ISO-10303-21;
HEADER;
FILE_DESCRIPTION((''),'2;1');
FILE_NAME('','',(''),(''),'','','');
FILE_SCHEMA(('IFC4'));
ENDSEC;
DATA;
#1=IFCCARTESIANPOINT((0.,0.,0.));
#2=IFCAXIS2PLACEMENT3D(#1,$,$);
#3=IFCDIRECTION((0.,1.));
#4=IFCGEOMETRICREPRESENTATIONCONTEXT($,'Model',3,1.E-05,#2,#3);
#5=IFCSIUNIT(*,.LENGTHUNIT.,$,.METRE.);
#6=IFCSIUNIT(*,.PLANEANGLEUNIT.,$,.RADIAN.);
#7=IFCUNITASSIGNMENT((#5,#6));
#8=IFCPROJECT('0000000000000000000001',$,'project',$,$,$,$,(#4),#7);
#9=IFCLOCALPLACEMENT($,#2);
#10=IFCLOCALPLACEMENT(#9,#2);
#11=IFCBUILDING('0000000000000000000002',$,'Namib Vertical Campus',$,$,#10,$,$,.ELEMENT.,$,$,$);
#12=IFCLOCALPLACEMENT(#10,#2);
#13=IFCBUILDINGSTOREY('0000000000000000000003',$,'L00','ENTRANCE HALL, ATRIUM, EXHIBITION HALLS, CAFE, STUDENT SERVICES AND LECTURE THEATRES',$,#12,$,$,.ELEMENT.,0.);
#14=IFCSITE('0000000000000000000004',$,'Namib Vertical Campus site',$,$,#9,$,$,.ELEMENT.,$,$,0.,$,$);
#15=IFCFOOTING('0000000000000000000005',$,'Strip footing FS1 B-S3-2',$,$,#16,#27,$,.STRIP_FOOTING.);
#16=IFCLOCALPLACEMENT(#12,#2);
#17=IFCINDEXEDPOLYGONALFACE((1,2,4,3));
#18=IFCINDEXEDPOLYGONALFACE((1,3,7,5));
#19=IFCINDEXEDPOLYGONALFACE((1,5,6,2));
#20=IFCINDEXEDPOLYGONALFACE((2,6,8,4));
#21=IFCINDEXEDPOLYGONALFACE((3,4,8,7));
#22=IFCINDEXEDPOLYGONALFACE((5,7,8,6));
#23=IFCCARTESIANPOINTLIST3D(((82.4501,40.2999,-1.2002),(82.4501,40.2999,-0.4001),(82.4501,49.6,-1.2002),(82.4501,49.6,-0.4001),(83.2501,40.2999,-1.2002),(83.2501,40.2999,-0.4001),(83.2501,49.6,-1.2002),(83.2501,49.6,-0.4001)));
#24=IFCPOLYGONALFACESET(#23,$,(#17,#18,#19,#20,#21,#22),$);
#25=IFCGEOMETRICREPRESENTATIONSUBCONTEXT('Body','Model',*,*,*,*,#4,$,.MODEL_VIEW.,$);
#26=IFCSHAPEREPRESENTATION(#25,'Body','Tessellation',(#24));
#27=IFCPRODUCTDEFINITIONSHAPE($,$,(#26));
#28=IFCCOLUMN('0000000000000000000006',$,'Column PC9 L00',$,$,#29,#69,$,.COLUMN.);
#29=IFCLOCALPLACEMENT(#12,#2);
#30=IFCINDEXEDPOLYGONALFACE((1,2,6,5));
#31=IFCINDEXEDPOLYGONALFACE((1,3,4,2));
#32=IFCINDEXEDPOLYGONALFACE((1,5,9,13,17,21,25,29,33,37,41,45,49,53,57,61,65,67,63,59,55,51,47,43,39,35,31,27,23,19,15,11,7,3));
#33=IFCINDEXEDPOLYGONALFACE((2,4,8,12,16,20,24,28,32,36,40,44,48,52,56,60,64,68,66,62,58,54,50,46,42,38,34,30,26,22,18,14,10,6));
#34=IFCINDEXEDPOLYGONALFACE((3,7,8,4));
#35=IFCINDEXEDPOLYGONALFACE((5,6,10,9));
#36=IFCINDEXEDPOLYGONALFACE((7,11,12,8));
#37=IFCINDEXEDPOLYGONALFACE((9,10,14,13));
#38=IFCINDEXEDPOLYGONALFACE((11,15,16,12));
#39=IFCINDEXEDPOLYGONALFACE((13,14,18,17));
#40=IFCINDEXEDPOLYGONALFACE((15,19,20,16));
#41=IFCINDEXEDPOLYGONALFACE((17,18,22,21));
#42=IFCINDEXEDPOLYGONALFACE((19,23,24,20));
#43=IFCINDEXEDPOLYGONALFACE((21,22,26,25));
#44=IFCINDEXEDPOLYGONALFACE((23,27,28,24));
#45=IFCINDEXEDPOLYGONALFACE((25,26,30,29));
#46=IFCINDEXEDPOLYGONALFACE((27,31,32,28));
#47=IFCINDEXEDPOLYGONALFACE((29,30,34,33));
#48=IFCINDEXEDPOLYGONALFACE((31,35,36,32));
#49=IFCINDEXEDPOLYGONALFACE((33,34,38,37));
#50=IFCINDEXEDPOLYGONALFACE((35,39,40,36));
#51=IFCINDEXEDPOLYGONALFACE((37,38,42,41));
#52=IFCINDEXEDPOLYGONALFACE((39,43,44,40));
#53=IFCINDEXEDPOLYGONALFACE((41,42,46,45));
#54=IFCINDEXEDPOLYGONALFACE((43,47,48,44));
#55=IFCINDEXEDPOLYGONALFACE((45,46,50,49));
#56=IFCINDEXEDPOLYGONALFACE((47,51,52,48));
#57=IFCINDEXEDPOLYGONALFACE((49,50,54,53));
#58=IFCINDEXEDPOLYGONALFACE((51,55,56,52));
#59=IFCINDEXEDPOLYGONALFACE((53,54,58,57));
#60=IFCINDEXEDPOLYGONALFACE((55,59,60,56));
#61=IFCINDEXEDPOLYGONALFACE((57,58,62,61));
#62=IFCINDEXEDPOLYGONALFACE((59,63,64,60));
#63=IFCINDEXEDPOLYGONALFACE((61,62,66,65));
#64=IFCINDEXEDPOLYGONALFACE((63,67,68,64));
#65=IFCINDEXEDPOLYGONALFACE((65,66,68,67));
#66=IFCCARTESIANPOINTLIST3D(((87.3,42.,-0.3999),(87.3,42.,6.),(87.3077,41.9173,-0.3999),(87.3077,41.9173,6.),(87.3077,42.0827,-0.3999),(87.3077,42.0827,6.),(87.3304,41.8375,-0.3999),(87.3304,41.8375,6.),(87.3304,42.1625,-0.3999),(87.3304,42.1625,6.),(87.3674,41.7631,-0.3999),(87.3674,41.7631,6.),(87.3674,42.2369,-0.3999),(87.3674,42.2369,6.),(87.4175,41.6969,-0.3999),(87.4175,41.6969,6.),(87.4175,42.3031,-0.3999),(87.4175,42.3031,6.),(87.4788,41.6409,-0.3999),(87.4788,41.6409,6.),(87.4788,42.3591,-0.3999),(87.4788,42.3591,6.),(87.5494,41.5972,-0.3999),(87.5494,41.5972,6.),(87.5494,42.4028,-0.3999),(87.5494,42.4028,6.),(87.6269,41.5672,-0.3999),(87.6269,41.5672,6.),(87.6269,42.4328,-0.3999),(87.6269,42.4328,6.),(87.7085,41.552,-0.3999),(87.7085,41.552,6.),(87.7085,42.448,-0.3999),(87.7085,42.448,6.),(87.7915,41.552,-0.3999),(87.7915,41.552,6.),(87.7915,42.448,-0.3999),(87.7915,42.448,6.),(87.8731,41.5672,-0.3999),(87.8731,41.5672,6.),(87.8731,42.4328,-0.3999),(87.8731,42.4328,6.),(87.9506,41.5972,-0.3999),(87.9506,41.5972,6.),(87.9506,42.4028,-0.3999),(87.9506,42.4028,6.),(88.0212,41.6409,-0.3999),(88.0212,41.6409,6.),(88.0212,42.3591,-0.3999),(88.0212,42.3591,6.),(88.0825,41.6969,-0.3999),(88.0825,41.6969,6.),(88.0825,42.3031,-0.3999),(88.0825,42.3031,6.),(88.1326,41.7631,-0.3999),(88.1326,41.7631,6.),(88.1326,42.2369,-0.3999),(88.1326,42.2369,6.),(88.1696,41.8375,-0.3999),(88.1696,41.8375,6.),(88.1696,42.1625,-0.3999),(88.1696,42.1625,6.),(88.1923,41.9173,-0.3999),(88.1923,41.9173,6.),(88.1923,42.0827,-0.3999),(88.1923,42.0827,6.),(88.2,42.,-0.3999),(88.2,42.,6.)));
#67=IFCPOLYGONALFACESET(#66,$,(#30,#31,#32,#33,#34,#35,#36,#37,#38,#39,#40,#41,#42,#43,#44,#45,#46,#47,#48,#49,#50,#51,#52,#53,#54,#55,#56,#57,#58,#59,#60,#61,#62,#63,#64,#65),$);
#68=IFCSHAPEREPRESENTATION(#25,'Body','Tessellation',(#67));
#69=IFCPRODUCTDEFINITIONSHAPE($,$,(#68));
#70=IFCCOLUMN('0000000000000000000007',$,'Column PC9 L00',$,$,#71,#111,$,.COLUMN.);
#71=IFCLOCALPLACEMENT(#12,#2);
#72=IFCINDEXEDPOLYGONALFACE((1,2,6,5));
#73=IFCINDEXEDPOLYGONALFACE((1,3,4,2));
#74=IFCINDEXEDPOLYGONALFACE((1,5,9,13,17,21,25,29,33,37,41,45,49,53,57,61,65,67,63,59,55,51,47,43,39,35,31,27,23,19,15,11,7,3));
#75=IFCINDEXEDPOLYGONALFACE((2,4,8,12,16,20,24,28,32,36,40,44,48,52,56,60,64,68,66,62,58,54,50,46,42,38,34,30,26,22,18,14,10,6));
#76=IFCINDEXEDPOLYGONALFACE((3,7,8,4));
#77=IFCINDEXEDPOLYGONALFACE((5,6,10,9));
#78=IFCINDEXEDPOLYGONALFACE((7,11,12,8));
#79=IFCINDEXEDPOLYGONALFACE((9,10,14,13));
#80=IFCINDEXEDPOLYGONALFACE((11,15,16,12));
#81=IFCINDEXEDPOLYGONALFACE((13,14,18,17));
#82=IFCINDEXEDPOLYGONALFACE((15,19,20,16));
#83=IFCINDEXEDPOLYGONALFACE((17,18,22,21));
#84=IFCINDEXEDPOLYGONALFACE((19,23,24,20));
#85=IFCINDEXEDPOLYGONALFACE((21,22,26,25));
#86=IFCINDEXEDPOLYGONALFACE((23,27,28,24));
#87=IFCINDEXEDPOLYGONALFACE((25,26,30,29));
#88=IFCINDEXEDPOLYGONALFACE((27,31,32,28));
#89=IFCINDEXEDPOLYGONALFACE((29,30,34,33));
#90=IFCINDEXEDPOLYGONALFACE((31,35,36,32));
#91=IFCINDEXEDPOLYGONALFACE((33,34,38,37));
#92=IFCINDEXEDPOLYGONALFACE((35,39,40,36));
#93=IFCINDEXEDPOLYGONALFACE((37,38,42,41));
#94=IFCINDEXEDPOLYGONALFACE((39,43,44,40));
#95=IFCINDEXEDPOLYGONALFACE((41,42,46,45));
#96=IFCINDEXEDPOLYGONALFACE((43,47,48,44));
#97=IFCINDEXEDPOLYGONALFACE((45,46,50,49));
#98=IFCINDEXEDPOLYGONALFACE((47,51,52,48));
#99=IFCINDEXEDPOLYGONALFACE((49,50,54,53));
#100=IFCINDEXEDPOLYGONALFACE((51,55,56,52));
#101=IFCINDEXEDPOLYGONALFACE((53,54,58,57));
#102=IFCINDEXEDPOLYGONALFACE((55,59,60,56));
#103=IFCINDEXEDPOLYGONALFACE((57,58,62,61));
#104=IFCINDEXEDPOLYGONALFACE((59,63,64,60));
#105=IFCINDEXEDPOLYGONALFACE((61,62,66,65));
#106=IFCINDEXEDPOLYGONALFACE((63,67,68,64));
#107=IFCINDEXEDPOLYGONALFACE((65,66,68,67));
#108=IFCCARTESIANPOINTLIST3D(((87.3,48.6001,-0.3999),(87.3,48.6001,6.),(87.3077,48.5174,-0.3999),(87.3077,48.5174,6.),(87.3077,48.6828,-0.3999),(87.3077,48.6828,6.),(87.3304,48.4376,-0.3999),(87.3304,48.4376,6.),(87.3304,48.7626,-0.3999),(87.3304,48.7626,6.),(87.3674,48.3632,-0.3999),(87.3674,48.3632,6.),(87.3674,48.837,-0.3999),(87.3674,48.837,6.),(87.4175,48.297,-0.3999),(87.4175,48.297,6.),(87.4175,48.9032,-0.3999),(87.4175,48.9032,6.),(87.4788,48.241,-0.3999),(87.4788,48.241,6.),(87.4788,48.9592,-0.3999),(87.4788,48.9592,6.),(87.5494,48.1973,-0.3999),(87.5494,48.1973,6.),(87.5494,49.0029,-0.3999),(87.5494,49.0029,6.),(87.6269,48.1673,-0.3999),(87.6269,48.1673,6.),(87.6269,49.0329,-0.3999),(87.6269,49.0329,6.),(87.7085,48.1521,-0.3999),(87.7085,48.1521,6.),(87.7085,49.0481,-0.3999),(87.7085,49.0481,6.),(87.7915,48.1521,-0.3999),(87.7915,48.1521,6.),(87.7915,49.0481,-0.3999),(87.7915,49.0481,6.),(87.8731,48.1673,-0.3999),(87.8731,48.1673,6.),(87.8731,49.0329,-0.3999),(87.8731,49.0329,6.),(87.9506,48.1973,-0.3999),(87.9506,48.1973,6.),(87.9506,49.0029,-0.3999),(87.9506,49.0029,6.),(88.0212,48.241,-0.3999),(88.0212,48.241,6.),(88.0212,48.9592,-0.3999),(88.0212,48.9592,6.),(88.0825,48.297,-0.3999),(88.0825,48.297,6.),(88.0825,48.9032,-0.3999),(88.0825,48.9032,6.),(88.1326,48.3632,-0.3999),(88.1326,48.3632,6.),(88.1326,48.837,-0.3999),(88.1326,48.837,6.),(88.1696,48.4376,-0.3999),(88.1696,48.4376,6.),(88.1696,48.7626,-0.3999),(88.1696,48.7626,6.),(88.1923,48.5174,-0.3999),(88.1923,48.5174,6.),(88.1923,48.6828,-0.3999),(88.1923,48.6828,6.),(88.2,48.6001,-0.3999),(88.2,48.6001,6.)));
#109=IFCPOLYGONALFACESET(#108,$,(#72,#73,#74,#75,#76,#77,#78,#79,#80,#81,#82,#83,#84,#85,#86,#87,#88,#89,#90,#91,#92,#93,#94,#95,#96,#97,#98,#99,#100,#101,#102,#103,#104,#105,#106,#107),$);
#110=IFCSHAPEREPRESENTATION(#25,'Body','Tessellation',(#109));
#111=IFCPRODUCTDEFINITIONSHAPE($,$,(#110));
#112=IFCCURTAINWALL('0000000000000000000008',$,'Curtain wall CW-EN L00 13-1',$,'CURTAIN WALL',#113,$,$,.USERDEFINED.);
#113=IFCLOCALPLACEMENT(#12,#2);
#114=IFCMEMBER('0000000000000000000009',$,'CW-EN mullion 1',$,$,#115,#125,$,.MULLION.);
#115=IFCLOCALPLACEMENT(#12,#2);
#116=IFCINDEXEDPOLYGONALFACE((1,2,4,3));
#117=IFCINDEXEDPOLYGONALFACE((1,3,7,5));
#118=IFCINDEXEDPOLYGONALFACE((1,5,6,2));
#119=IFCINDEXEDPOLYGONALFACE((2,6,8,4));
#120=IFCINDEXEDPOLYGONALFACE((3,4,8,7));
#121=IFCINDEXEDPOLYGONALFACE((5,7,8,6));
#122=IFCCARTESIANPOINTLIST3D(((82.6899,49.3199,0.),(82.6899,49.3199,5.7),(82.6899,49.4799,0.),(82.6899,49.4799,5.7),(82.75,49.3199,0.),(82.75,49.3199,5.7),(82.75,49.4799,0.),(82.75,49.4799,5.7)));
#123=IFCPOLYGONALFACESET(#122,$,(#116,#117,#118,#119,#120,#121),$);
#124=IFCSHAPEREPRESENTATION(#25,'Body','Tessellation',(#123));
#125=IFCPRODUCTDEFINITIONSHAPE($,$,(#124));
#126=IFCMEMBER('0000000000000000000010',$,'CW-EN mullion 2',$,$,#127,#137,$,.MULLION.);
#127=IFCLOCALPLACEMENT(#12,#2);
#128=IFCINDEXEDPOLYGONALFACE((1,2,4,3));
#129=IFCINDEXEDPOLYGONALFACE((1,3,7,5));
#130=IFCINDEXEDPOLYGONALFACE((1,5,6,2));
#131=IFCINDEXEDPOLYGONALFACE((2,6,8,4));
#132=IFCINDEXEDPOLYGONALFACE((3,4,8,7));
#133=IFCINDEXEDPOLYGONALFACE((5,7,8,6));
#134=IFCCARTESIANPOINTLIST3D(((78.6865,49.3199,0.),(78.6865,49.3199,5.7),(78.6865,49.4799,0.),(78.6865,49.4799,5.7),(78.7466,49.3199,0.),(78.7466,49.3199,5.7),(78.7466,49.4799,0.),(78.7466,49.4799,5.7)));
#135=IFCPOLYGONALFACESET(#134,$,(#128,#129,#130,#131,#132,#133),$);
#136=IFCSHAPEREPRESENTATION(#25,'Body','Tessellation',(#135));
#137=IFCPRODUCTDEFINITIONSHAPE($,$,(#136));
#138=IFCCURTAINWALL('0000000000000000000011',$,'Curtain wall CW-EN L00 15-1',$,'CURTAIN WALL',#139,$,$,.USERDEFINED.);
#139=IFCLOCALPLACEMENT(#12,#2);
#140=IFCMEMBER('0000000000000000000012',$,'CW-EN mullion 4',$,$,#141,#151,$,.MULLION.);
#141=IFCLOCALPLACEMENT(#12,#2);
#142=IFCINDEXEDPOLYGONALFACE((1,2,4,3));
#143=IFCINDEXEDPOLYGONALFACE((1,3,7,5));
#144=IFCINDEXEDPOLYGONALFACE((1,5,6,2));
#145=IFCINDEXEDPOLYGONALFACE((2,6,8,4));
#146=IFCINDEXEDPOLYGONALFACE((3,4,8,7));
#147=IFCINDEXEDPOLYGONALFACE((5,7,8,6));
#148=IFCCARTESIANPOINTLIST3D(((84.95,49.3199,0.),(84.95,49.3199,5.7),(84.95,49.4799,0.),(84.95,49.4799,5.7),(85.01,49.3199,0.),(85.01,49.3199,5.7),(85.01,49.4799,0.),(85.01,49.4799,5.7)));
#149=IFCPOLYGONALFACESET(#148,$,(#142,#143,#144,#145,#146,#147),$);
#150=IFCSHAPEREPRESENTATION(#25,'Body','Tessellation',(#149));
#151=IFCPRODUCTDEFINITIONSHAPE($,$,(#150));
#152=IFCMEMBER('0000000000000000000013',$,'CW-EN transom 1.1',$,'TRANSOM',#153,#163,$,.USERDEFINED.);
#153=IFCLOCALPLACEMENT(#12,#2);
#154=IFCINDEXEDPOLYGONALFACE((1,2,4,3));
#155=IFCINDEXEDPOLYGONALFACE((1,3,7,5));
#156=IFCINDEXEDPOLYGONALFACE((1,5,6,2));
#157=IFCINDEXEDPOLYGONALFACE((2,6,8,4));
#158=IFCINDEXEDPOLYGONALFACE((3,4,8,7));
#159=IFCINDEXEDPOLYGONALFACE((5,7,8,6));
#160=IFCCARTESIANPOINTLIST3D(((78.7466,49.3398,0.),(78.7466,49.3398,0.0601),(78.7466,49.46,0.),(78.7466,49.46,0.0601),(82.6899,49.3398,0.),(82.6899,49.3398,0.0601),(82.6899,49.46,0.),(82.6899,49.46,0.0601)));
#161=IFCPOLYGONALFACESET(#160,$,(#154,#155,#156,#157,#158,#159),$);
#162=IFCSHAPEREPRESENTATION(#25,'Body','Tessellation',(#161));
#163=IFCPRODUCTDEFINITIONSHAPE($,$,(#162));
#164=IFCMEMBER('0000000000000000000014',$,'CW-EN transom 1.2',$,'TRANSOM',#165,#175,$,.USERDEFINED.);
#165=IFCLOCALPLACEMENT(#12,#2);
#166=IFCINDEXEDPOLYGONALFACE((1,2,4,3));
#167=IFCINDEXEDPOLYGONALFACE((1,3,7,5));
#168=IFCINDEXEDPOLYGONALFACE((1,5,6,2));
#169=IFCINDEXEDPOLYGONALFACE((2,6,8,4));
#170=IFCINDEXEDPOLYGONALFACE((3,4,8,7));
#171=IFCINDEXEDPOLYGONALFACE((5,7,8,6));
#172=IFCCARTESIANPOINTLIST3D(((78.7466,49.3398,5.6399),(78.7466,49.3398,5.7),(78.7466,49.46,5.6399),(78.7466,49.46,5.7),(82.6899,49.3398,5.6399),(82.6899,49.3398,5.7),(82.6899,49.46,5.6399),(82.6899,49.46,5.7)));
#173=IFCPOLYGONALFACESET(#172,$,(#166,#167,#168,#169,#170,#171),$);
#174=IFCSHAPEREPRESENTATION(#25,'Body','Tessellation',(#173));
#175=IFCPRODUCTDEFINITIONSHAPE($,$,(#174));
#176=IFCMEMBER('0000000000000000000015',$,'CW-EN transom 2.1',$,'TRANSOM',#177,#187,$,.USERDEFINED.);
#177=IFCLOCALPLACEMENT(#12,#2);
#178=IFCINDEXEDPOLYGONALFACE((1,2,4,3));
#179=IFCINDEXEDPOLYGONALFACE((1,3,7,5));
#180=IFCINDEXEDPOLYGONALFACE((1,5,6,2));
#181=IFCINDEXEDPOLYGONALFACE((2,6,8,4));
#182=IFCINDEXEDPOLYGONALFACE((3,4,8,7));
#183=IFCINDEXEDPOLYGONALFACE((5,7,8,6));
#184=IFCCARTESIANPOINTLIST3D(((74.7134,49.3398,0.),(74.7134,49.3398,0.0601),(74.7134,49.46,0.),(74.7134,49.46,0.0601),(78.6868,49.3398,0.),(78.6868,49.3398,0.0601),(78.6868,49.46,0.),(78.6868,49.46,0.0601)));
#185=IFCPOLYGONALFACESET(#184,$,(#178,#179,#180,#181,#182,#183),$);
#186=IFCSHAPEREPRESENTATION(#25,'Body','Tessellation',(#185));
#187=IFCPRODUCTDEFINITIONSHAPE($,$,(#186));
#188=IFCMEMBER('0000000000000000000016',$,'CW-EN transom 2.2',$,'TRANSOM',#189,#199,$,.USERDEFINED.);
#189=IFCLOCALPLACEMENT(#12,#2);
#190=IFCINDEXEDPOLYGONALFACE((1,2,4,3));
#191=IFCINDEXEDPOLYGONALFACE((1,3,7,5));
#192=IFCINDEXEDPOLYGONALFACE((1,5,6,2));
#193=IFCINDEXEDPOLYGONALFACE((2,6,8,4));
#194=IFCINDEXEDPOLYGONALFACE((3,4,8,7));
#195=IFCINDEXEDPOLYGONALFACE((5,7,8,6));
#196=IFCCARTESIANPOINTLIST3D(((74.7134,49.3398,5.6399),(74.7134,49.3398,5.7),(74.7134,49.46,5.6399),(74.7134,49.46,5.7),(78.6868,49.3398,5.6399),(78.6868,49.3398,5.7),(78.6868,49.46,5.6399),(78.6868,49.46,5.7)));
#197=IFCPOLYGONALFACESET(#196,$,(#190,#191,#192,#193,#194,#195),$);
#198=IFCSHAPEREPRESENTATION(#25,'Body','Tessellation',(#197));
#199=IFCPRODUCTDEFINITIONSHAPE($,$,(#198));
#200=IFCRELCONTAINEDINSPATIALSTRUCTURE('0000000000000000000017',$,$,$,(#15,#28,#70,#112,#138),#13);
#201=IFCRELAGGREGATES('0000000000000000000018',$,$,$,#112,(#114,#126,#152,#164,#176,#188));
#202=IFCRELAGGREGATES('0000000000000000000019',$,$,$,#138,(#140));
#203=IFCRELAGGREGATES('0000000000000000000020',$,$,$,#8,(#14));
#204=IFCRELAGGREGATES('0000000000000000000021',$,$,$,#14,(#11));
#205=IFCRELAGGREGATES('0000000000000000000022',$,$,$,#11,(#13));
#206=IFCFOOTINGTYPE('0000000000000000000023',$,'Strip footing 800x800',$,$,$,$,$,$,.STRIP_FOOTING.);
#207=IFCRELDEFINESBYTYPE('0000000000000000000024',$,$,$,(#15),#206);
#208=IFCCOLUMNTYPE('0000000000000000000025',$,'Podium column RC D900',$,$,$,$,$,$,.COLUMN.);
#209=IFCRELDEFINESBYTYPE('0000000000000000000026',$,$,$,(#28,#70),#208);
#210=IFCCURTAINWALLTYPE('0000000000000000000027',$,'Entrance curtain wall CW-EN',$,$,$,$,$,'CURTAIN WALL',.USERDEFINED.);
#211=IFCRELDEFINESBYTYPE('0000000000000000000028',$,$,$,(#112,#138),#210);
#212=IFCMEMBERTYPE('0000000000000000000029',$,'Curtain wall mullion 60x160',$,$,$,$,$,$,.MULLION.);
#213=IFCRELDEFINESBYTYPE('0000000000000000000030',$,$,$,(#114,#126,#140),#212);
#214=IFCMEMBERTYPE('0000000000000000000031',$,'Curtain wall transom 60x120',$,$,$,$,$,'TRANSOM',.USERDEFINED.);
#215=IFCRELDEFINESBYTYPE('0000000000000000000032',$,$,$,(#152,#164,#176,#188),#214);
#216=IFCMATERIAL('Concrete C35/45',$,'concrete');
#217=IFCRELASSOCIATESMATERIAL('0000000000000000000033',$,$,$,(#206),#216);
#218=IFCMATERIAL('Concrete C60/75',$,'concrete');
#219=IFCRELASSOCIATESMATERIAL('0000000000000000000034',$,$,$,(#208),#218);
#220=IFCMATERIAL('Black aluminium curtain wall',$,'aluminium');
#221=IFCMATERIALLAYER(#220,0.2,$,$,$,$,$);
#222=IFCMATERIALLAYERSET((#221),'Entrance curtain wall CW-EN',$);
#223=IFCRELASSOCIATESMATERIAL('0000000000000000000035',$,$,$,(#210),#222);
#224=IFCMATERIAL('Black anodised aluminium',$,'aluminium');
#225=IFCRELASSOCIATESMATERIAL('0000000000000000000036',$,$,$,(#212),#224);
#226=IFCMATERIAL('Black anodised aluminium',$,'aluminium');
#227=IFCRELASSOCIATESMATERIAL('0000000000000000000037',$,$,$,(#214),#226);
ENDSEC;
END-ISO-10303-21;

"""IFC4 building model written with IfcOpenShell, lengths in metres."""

from ifc_helpers import new_model, si_unit, direction, frame, origin, origin_2d, place, context, subcontext, project, spatial, rectangle, circle, extrude, material, layer, layer_set, material_profile, profile_set, type_object, element, aggregate, save


model = new_model("IFC4")

# Units and contexts
model_context = context("Model", 3, precision=1e-05, world=origin(), true_north=direction((0.0, 1.0)))
body_context = subcontext(model_context, "Body", "Model", "MODEL_VIEW")
ifc_project = project(units=[si_unit("LENGTHUNIT", "METRE"), si_unit("PLANEANGLEUNIT", "RADIAN")], contexts=[model_context])

# Site, building, storey
site_placement = place(None, origin())
site = spatial("IfcSite", under=ifc_project, at=site_placement, Name="Namib Vertical Campus site", CompositionType="ELEMENT", RefElevation=0.0)
building_placement = place(site_placement, origin())
building = spatial("IfcBuilding", under=site, at=building_placement, Name="Namib Vertical Campus", CompositionType="ELEMENT")
storey_placement = place(building_placement, origin())
storey = spatial("IfcBuildingStorey", under=building, at=storey_placement, Name="L00", Description="ENTRANCE HALL, ATRIUM, EXHIBITION HALLS, CAFE, STUDENT SERVICES AND LECTURE THEATRES", CompositionType="ELEMENT", Elevation=0.0)

# Footing
ifc_material_1 = material(Name="Concrete C35/45", Category="concrete")
footing_type_1 = type_object("IfcFootingType", Name="Strip footing 800x800", PredefinedType="STRIP_FOOTING", material=ifc_material_1)
for number, where, z_axis, x_axis, name in (
    (1, (82.8501, 44.95, -1.2002), (0.0, 0.0, 1.0), (1.0, 0.0, 0.0), "Strip footing FS1 B-S3-2"),
):
    element("IfcFooting", number, at=place(storey_placement, frame(where, z_axis=z_axis, x_axis=x_axis)), inside=storey, type_object=footing_type_1, Name=name, PredefinedType="STRIP_FOOTING", context=body_context, shape_type="SweptSolid", body=[
        extrude(rectangle(XDim=0.8, YDim=9.3, at=origin_2d()), origin(), (0.0, 0.0, 1.0), 0.8),
    ])

# Columns
ifc_material_2 = material(Name="Concrete C60/75", Category="concrete")
ifc_material_profile_1 = material_profile(ifc_material_2, circle(Radius=0.45, at=origin_2d()))
ifc_profile_set_1 = profile_set([ifc_material_profile_1], Name="Concrete C60/75")
column_type = type_object("IfcColumnType", Name="Podium column RC D900", PredefinedType="COLUMN", material=ifc_profile_set_1)
for number, where, z_axis, x_axis, name in (
    (2, (87.75, 42.0, -0.3999), (0.0, 0.0, 1.0), (1.0, 0.0, 0.0), "Column PC9 L00"),
    (3, (87.75, 48.6001, -0.3999), (0.0, 0.0, 1.0), (1.0, 0.0, 0.0), "Column PC9 L00"),
):
    element("IfcColumn", number, at=place(storey_placement, frame(where, z_axis=z_axis, x_axis=x_axis)), inside=storey, type_object=column_type, Name=name, PredefinedType="COLUMN", context=body_context, shape_type="SweptSolid", body=[
        extrude(circle(Radius=0.45, at=origin_2d()), origin(), (0.0, 0.0, 1.0), 6.3999),
    ])

# Curtain wall, members
ifc_material_3 = material(Name="Black aluminium curtain wall", Category="aluminium")
ifc_layer_1 = layer(ifc_material_3, 0.2)
ifc_layer_set_1 = layer_set([ifc_layer_1], Name="Entrance curtain wall CW-EN")
curtain_wall_type = type_object("IfcCurtainWallType", Name="Entrance curtain wall CW-EN", ElementType="CURTAIN WALL", PredefinedType="USERDEFINED", material=ifc_layer_set_1)
curtain_wall_1_placement = place(storey_placement, origin())
curtain_wall_1 = element("IfcCurtainWall", 4, at=curtain_wall_1_placement, inside=storey, type_object=curtain_wall_type, Name="Curtain wall CW-EN L00 13-1", ObjectType="CURTAIN WALL", PredefinedType="USERDEFINED")
ifc_material_4 = material(Name="Black anodised aluminium", Category="aluminium")
ifc_material_profile_2 = material_profile(ifc_material_4, rectangle(XDim=0.0601, YDim=0.1599, at=origin_2d()))
ifc_profile_set_2 = profile_set([ifc_material_profile_2], Name="Black anodised aluminium")
member_type_1 = type_object("IfcMemberType", Name="Curtain wall mullion 60x160", PredefinedType="MULLION", material=ifc_profile_set_2)
member_1_placement = place(storey_placement, frame((82.72, 49.3999, 0.0), z_axis=(0.0, 0.0, 1.0), x_axis=(-1.0, 0.0, 0.0)))
member_1 = element("IfcMember", 5, at=member_1_placement, type_object=member_type_1, Name="CW-EN mullion 1", PredefinedType="MULLION", context=body_context, shape_type="SweptSolid", body=[
    extrude(rectangle(XDim=0.0601, YDim=0.1599, at=origin_2d()), origin(), (0.0, 0.0, 1.0), 5.7),
])
member_2_placement = place(storey_placement, frame((78.7166, 49.3999, 0.0), z_axis=(0.0, 0.0, 1.0), x_axis=(-1.0, 0.0, 0.0)))
member_2 = element("IfcMember", 6, at=member_2_placement, type_object=member_type_1, Name="CW-EN mullion 2", PredefinedType="MULLION", context=body_context, shape_type="SweptSolid", body=[
    extrude(rectangle(XDim=0.0601, YDim=0.1599, at=origin_2d()), origin(), (0.0, 0.0, 1.0), 5.7),
])

# Curtain wall, member
curtain_wall_2_placement = place(storey_placement, origin())
curtain_wall_2 = element("IfcCurtainWall", 7, at=curtain_wall_2_placement, inside=storey, type_object=curtain_wall_type, Name="Curtain wall CW-EN L00 15-1", ObjectType="CURTAIN WALL", PredefinedType="USERDEFINED")
member_3_placement = place(storey_placement, frame((84.98, 49.3999, 0.0), z_axis=(0.0, 0.0, 1.0), x_axis=(-1.0, 0.0, 0.0)))
member_3 = element("IfcMember", 8, at=member_3_placement, type_object=member_type_1, Name="CW-EN mullion 4", PredefinedType="MULLION", context=body_context, shape_type="SweptSolid", body=[
    extrude(rectangle(XDim=0.0601, YDim=0.1599, at=origin_2d()), origin(), (0.0, 0.0, 1.0), 5.7),
])

# Members
ifc_material_5 = material(Name="Black anodised aluminium", Category="aluminium")
ifc_material_profile_3 = material_profile(ifc_material_5, rectangle(XDim=0.0601, YDim=0.1201, at=origin_2d()))
ifc_profile_set_3 = profile_set([ifc_material_profile_3], Name="Black anodised aluminium")
member_type_2 = type_object("IfcMemberType", Name="Curtain wall transom 60x120", ElementType="TRANSOM", PredefinedType="USERDEFINED", material=ifc_profile_set_3)
member_4_placement = place(storey_placement, frame((82.6899, 49.3999, 0.03), z_axis=(-1.0, 0.0, 0.0), x_axis=(0.0, 0.0, 1.0)))
member_4 = element("IfcMember", 9, at=member_4_placement, type_object=member_type_2, Name="CW-EN transom 1.1", ObjectType="TRANSOM", PredefinedType="USERDEFINED", context=body_context, shape_type="SweptSolid", body=[
    extrude(rectangle(XDim=0.0601, YDim=0.1201, at=origin_2d()), origin(), (0.0, 0.0, 1.0), 3.9434),
])
member_5_placement = place(storey_placement, frame((82.6899, 49.3999, 5.6699), z_axis=(-1.0, 0.0, 0.0), x_axis=(0.0, 0.0, 1.0)))
member_5 = element("IfcMember", 10, at=member_5_placement, type_object=member_type_2, Name="CW-EN transom 1.2", ObjectType="TRANSOM", PredefinedType="USERDEFINED", context=body_context, shape_type="SweptSolid", body=[
    extrude(rectangle(XDim=0.0601, YDim=0.1201, at=origin_2d()), origin(), (0.0, 0.0, 1.0), 3.9434),
])
member_6_placement = place(storey_placement, frame((78.6868, 49.3999, 0.03), z_axis=(-1.0, 0.0, 0.0), x_axis=(0.0, 0.0, 1.0)))
member_6 = element("IfcMember", 11, at=member_6_placement, type_object=member_type_2, Name="CW-EN transom 2.1", ObjectType="TRANSOM", PredefinedType="USERDEFINED", context=body_context, shape_type="SweptSolid", body=[
    extrude(rectangle(XDim=0.0601, YDim=0.1201, at=origin_2d()), origin(), (0.0, 0.0, 1.0), 3.9734),
])
member_7_placement = place(storey_placement, frame((78.6868, 49.3999, 5.6699), z_axis=(-1.0, 0.0, 0.0), x_axis=(0.0, 0.0, 1.0)))
member_7 = element("IfcMember", 12, at=member_7_placement, type_object=member_type_2, Name="CW-EN transom 2.2", ObjectType="TRANSOM", PredefinedType="USERDEFINED", context=body_context, shape_type="SweptSolid", body=[
    extrude(rectangle(XDim=0.0601, YDim=0.1201, at=origin_2d()), origin(), (0.0, 0.0, 1.0), 3.9734),
])

aggregate(curtain_wall_1, [member_1, member_2, member_4, member_5, member_6, member_7])
aggregate(curtain_wall_2, [member_3])

save(model, "model.ifc")
